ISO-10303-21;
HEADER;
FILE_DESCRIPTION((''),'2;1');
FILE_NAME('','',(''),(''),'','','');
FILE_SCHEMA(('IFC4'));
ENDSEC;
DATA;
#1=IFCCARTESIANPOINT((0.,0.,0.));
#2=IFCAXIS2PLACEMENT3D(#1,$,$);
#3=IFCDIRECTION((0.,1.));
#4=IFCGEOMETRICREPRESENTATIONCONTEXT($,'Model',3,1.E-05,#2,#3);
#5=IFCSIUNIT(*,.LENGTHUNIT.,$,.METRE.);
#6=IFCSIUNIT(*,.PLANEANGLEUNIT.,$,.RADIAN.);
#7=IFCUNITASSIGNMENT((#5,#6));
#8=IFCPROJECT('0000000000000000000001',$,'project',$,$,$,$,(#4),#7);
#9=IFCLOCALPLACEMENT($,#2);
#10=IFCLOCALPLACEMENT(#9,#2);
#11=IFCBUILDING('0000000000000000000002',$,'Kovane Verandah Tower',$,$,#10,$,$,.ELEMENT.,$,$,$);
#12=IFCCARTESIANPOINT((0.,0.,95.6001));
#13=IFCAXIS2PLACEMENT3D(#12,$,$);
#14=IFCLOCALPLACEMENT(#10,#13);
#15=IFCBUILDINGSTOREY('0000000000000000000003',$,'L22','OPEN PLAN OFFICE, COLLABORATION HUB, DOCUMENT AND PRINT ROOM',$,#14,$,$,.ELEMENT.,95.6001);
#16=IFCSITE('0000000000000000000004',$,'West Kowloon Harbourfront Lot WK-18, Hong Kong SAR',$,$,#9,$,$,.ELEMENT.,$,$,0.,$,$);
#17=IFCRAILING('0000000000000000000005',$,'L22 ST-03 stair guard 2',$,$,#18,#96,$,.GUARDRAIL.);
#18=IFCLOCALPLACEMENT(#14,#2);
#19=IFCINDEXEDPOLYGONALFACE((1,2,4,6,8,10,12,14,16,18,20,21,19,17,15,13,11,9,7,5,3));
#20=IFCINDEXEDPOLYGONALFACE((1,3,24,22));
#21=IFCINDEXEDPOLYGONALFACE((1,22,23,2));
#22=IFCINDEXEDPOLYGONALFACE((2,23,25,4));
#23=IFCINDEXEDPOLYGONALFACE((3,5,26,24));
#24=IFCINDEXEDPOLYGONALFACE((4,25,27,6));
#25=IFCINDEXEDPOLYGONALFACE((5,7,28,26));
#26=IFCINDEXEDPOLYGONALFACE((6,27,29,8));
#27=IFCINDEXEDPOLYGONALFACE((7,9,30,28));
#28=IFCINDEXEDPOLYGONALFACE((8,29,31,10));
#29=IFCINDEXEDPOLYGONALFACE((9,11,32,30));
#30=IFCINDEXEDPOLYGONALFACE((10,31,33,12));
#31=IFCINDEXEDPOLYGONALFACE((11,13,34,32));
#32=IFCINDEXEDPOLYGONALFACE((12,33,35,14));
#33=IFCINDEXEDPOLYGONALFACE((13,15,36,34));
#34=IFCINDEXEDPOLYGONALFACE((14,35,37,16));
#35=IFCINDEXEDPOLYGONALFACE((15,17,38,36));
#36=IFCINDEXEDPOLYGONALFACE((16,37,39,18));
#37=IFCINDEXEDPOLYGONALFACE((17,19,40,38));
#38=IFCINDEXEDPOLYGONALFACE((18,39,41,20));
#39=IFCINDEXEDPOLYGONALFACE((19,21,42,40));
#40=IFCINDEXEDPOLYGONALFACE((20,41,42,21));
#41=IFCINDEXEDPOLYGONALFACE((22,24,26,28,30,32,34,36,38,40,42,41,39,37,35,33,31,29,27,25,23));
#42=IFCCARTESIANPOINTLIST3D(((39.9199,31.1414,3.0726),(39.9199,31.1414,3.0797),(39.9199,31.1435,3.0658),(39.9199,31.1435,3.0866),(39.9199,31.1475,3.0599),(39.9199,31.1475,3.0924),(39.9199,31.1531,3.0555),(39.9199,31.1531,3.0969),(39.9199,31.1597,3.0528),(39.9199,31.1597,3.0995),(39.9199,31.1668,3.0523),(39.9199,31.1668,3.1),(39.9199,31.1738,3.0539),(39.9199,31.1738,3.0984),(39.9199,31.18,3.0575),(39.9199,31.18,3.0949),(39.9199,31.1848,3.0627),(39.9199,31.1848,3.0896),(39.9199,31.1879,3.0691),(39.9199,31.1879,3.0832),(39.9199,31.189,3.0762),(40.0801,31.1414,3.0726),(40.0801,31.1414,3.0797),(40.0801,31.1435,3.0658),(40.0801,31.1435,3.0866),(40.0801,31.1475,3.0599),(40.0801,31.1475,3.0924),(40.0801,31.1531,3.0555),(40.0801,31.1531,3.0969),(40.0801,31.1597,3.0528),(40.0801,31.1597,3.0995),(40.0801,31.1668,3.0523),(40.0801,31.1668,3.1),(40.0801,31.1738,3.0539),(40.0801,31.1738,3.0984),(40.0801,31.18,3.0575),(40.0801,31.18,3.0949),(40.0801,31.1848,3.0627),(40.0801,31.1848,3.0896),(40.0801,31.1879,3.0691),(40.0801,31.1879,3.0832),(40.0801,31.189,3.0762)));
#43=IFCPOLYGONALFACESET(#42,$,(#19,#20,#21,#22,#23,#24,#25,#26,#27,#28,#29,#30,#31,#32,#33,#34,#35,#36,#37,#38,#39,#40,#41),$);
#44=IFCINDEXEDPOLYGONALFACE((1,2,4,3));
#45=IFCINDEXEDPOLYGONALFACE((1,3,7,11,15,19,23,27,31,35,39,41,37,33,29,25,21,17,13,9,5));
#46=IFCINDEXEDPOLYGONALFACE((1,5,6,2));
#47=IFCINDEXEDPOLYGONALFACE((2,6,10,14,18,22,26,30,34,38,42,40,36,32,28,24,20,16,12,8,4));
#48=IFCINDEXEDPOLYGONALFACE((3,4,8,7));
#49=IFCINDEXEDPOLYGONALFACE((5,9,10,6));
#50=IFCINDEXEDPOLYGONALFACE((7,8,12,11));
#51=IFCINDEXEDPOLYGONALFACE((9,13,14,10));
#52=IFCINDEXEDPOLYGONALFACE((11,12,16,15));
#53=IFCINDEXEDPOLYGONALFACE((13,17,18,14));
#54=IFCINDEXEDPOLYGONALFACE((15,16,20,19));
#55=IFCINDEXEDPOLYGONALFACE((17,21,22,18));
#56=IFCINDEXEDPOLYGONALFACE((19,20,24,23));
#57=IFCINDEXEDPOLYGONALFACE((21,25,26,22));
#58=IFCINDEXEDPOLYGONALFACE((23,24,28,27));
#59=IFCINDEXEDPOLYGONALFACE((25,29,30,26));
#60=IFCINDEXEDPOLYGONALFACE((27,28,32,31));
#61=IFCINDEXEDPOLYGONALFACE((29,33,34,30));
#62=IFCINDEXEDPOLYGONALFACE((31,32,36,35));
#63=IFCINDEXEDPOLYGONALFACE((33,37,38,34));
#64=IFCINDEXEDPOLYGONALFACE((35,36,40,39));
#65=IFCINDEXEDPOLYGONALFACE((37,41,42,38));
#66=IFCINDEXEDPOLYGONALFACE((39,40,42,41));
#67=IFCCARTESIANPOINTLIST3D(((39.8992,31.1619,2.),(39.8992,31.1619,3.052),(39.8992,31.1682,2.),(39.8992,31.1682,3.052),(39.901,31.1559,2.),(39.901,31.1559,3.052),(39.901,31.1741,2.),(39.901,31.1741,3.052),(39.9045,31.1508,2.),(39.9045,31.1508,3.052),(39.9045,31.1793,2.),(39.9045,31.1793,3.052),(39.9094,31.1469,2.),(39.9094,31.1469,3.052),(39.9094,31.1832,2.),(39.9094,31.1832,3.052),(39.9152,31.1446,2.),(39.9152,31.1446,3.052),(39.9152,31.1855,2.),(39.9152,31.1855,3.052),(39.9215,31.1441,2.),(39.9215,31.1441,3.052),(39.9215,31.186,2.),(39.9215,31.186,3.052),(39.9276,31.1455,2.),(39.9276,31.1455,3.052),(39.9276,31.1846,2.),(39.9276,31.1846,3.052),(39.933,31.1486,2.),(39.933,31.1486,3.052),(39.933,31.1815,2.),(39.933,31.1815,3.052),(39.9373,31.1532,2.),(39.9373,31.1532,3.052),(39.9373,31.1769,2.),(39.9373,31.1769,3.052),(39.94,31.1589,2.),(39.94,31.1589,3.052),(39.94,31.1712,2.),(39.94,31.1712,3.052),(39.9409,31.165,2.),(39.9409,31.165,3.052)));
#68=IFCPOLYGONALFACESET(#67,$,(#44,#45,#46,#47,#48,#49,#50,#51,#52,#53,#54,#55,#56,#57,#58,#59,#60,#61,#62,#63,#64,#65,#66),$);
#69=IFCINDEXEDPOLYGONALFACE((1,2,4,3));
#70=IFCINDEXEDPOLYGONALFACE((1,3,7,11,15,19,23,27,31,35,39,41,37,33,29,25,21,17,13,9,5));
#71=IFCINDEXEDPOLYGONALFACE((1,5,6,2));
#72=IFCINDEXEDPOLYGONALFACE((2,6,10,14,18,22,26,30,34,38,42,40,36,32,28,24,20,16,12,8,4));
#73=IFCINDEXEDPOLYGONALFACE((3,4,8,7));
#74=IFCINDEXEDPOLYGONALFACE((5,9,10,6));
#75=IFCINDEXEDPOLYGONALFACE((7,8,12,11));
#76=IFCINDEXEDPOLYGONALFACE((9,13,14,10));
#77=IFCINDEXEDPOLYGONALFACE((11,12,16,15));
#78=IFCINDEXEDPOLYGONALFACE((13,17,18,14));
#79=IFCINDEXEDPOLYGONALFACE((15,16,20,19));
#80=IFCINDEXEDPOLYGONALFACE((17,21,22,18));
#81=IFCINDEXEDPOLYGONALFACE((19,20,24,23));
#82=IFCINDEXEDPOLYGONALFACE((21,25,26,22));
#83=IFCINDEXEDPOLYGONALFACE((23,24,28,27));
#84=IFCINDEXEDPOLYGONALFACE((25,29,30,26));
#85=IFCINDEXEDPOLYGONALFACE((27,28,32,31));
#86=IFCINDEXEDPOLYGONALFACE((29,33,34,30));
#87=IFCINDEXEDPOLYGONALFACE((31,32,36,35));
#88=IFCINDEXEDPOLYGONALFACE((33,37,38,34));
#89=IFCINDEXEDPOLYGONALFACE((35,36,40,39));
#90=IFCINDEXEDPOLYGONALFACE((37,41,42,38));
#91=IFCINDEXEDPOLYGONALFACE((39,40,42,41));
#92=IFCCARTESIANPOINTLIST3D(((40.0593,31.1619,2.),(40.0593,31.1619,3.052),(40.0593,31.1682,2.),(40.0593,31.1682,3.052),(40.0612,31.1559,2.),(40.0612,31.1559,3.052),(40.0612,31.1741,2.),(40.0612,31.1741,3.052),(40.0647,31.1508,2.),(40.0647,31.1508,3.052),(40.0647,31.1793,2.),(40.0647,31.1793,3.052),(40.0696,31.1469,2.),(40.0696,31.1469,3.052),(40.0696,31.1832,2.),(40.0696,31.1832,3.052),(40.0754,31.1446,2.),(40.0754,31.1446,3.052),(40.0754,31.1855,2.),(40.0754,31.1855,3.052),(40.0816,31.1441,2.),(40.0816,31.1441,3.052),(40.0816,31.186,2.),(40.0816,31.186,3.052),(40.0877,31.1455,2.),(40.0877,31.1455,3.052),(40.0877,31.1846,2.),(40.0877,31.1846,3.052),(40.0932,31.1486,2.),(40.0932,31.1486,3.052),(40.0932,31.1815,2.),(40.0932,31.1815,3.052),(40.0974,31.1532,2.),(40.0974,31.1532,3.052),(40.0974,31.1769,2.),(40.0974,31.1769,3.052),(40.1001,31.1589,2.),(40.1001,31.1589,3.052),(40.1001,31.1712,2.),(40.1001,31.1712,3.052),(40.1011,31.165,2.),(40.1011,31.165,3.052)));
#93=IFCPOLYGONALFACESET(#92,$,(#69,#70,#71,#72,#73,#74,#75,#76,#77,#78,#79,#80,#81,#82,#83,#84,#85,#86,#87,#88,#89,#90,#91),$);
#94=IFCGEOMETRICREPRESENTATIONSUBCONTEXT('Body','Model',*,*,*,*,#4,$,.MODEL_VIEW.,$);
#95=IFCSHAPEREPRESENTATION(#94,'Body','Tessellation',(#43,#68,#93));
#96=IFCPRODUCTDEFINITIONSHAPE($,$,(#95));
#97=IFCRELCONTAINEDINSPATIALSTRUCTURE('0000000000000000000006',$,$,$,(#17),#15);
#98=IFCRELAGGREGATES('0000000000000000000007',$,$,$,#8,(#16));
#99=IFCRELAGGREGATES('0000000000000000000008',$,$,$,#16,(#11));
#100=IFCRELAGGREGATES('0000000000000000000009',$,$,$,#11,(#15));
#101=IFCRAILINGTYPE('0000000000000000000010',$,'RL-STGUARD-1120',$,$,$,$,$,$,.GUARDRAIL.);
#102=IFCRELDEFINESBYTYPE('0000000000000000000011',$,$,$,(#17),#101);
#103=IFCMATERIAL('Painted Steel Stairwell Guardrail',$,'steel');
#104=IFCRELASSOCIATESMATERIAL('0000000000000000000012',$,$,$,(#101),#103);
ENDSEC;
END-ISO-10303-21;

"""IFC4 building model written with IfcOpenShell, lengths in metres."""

from ifc_helpers import new_model, si_unit, direction, frame, origin, origin_2d, place, context, subcontext, project, spatial, circle, extrude, material, type_object, element, save


model = new_model("IFC4")

# Units and contexts
model_context = context("Model", 3, precision=1e-05, world=origin(), true_north=direction((0.0, 1.0)))
body_context = subcontext(model_context, "Body", "Model", "MODEL_VIEW")
ifc_project = project(units=[si_unit("LENGTHUNIT", "METRE"), si_unit("PLANEANGLEUNIT", "RADIAN")], contexts=[model_context])

# Site, building, storey
site_placement = place(None, origin())
site = spatial("IfcSite", under=ifc_project, at=site_placement, Name="West Kowloon Harbourfront Lot WK-18, Hong Kong SAR", CompositionType="ELEMENT", RefElevation=0.0)
building_placement = place(site_placement, origin())
building = spatial("IfcBuilding", under=site, at=building_placement, Name="Kovane Verandah Tower", CompositionType="ELEMENT")
storey_placement = place(building_placement, frame((0.0, 0.0, 95.6001)))
storey = spatial("IfcBuildingStorey", under=building, at=storey_placement, Name="L22", Description="OPEN PLAN OFFICE, COLLABORATION HUB, DOCUMENT AND PRINT ROOM", CompositionType="ELEMENT", Elevation=95.6001)

# Railing
ifc_material_1 = material(Name="Painted Steel Stairwell Guardrail", Category="steel")
railing_type_1 = type_object("IfcRailingType", Name="RL-STGUARD-1120", PredefinedType="GUARDRAIL", material=ifc_material_1)
railing_1_placement = place(storey_placement, frame((39.9199, 31.165, 2.0)))
element("IfcRailing", 1, at=railing_1_placement, inside=storey, type_object=railing_type_1, Name="L22 ST-03 stair guard 2", PredefinedType="GUARDRAIL", context=body_context, shape_type="SweptSolid", body=[
    extrude(circle(Radius=0.0239, at=origin_2d()), frame((0.0, 0.0, 1.0762), z_axis=(1.0, 0.0, 0.0), x_axis=(0.0, 1.0, 0.0)), (0.0, 0.0, 1.0), 0.1602),
    extrude(circle(Radius=0.021, at=origin_2d()), origin(), (0.0, 0.0, 1.0), 1.052),
    extrude(circle(Radius=0.021, at=origin_2d()), frame((0.1602, 0.0, 0.0)), (0.0, 0.0, 1.0), 1.052),
])

save(model, "model.ifc")
